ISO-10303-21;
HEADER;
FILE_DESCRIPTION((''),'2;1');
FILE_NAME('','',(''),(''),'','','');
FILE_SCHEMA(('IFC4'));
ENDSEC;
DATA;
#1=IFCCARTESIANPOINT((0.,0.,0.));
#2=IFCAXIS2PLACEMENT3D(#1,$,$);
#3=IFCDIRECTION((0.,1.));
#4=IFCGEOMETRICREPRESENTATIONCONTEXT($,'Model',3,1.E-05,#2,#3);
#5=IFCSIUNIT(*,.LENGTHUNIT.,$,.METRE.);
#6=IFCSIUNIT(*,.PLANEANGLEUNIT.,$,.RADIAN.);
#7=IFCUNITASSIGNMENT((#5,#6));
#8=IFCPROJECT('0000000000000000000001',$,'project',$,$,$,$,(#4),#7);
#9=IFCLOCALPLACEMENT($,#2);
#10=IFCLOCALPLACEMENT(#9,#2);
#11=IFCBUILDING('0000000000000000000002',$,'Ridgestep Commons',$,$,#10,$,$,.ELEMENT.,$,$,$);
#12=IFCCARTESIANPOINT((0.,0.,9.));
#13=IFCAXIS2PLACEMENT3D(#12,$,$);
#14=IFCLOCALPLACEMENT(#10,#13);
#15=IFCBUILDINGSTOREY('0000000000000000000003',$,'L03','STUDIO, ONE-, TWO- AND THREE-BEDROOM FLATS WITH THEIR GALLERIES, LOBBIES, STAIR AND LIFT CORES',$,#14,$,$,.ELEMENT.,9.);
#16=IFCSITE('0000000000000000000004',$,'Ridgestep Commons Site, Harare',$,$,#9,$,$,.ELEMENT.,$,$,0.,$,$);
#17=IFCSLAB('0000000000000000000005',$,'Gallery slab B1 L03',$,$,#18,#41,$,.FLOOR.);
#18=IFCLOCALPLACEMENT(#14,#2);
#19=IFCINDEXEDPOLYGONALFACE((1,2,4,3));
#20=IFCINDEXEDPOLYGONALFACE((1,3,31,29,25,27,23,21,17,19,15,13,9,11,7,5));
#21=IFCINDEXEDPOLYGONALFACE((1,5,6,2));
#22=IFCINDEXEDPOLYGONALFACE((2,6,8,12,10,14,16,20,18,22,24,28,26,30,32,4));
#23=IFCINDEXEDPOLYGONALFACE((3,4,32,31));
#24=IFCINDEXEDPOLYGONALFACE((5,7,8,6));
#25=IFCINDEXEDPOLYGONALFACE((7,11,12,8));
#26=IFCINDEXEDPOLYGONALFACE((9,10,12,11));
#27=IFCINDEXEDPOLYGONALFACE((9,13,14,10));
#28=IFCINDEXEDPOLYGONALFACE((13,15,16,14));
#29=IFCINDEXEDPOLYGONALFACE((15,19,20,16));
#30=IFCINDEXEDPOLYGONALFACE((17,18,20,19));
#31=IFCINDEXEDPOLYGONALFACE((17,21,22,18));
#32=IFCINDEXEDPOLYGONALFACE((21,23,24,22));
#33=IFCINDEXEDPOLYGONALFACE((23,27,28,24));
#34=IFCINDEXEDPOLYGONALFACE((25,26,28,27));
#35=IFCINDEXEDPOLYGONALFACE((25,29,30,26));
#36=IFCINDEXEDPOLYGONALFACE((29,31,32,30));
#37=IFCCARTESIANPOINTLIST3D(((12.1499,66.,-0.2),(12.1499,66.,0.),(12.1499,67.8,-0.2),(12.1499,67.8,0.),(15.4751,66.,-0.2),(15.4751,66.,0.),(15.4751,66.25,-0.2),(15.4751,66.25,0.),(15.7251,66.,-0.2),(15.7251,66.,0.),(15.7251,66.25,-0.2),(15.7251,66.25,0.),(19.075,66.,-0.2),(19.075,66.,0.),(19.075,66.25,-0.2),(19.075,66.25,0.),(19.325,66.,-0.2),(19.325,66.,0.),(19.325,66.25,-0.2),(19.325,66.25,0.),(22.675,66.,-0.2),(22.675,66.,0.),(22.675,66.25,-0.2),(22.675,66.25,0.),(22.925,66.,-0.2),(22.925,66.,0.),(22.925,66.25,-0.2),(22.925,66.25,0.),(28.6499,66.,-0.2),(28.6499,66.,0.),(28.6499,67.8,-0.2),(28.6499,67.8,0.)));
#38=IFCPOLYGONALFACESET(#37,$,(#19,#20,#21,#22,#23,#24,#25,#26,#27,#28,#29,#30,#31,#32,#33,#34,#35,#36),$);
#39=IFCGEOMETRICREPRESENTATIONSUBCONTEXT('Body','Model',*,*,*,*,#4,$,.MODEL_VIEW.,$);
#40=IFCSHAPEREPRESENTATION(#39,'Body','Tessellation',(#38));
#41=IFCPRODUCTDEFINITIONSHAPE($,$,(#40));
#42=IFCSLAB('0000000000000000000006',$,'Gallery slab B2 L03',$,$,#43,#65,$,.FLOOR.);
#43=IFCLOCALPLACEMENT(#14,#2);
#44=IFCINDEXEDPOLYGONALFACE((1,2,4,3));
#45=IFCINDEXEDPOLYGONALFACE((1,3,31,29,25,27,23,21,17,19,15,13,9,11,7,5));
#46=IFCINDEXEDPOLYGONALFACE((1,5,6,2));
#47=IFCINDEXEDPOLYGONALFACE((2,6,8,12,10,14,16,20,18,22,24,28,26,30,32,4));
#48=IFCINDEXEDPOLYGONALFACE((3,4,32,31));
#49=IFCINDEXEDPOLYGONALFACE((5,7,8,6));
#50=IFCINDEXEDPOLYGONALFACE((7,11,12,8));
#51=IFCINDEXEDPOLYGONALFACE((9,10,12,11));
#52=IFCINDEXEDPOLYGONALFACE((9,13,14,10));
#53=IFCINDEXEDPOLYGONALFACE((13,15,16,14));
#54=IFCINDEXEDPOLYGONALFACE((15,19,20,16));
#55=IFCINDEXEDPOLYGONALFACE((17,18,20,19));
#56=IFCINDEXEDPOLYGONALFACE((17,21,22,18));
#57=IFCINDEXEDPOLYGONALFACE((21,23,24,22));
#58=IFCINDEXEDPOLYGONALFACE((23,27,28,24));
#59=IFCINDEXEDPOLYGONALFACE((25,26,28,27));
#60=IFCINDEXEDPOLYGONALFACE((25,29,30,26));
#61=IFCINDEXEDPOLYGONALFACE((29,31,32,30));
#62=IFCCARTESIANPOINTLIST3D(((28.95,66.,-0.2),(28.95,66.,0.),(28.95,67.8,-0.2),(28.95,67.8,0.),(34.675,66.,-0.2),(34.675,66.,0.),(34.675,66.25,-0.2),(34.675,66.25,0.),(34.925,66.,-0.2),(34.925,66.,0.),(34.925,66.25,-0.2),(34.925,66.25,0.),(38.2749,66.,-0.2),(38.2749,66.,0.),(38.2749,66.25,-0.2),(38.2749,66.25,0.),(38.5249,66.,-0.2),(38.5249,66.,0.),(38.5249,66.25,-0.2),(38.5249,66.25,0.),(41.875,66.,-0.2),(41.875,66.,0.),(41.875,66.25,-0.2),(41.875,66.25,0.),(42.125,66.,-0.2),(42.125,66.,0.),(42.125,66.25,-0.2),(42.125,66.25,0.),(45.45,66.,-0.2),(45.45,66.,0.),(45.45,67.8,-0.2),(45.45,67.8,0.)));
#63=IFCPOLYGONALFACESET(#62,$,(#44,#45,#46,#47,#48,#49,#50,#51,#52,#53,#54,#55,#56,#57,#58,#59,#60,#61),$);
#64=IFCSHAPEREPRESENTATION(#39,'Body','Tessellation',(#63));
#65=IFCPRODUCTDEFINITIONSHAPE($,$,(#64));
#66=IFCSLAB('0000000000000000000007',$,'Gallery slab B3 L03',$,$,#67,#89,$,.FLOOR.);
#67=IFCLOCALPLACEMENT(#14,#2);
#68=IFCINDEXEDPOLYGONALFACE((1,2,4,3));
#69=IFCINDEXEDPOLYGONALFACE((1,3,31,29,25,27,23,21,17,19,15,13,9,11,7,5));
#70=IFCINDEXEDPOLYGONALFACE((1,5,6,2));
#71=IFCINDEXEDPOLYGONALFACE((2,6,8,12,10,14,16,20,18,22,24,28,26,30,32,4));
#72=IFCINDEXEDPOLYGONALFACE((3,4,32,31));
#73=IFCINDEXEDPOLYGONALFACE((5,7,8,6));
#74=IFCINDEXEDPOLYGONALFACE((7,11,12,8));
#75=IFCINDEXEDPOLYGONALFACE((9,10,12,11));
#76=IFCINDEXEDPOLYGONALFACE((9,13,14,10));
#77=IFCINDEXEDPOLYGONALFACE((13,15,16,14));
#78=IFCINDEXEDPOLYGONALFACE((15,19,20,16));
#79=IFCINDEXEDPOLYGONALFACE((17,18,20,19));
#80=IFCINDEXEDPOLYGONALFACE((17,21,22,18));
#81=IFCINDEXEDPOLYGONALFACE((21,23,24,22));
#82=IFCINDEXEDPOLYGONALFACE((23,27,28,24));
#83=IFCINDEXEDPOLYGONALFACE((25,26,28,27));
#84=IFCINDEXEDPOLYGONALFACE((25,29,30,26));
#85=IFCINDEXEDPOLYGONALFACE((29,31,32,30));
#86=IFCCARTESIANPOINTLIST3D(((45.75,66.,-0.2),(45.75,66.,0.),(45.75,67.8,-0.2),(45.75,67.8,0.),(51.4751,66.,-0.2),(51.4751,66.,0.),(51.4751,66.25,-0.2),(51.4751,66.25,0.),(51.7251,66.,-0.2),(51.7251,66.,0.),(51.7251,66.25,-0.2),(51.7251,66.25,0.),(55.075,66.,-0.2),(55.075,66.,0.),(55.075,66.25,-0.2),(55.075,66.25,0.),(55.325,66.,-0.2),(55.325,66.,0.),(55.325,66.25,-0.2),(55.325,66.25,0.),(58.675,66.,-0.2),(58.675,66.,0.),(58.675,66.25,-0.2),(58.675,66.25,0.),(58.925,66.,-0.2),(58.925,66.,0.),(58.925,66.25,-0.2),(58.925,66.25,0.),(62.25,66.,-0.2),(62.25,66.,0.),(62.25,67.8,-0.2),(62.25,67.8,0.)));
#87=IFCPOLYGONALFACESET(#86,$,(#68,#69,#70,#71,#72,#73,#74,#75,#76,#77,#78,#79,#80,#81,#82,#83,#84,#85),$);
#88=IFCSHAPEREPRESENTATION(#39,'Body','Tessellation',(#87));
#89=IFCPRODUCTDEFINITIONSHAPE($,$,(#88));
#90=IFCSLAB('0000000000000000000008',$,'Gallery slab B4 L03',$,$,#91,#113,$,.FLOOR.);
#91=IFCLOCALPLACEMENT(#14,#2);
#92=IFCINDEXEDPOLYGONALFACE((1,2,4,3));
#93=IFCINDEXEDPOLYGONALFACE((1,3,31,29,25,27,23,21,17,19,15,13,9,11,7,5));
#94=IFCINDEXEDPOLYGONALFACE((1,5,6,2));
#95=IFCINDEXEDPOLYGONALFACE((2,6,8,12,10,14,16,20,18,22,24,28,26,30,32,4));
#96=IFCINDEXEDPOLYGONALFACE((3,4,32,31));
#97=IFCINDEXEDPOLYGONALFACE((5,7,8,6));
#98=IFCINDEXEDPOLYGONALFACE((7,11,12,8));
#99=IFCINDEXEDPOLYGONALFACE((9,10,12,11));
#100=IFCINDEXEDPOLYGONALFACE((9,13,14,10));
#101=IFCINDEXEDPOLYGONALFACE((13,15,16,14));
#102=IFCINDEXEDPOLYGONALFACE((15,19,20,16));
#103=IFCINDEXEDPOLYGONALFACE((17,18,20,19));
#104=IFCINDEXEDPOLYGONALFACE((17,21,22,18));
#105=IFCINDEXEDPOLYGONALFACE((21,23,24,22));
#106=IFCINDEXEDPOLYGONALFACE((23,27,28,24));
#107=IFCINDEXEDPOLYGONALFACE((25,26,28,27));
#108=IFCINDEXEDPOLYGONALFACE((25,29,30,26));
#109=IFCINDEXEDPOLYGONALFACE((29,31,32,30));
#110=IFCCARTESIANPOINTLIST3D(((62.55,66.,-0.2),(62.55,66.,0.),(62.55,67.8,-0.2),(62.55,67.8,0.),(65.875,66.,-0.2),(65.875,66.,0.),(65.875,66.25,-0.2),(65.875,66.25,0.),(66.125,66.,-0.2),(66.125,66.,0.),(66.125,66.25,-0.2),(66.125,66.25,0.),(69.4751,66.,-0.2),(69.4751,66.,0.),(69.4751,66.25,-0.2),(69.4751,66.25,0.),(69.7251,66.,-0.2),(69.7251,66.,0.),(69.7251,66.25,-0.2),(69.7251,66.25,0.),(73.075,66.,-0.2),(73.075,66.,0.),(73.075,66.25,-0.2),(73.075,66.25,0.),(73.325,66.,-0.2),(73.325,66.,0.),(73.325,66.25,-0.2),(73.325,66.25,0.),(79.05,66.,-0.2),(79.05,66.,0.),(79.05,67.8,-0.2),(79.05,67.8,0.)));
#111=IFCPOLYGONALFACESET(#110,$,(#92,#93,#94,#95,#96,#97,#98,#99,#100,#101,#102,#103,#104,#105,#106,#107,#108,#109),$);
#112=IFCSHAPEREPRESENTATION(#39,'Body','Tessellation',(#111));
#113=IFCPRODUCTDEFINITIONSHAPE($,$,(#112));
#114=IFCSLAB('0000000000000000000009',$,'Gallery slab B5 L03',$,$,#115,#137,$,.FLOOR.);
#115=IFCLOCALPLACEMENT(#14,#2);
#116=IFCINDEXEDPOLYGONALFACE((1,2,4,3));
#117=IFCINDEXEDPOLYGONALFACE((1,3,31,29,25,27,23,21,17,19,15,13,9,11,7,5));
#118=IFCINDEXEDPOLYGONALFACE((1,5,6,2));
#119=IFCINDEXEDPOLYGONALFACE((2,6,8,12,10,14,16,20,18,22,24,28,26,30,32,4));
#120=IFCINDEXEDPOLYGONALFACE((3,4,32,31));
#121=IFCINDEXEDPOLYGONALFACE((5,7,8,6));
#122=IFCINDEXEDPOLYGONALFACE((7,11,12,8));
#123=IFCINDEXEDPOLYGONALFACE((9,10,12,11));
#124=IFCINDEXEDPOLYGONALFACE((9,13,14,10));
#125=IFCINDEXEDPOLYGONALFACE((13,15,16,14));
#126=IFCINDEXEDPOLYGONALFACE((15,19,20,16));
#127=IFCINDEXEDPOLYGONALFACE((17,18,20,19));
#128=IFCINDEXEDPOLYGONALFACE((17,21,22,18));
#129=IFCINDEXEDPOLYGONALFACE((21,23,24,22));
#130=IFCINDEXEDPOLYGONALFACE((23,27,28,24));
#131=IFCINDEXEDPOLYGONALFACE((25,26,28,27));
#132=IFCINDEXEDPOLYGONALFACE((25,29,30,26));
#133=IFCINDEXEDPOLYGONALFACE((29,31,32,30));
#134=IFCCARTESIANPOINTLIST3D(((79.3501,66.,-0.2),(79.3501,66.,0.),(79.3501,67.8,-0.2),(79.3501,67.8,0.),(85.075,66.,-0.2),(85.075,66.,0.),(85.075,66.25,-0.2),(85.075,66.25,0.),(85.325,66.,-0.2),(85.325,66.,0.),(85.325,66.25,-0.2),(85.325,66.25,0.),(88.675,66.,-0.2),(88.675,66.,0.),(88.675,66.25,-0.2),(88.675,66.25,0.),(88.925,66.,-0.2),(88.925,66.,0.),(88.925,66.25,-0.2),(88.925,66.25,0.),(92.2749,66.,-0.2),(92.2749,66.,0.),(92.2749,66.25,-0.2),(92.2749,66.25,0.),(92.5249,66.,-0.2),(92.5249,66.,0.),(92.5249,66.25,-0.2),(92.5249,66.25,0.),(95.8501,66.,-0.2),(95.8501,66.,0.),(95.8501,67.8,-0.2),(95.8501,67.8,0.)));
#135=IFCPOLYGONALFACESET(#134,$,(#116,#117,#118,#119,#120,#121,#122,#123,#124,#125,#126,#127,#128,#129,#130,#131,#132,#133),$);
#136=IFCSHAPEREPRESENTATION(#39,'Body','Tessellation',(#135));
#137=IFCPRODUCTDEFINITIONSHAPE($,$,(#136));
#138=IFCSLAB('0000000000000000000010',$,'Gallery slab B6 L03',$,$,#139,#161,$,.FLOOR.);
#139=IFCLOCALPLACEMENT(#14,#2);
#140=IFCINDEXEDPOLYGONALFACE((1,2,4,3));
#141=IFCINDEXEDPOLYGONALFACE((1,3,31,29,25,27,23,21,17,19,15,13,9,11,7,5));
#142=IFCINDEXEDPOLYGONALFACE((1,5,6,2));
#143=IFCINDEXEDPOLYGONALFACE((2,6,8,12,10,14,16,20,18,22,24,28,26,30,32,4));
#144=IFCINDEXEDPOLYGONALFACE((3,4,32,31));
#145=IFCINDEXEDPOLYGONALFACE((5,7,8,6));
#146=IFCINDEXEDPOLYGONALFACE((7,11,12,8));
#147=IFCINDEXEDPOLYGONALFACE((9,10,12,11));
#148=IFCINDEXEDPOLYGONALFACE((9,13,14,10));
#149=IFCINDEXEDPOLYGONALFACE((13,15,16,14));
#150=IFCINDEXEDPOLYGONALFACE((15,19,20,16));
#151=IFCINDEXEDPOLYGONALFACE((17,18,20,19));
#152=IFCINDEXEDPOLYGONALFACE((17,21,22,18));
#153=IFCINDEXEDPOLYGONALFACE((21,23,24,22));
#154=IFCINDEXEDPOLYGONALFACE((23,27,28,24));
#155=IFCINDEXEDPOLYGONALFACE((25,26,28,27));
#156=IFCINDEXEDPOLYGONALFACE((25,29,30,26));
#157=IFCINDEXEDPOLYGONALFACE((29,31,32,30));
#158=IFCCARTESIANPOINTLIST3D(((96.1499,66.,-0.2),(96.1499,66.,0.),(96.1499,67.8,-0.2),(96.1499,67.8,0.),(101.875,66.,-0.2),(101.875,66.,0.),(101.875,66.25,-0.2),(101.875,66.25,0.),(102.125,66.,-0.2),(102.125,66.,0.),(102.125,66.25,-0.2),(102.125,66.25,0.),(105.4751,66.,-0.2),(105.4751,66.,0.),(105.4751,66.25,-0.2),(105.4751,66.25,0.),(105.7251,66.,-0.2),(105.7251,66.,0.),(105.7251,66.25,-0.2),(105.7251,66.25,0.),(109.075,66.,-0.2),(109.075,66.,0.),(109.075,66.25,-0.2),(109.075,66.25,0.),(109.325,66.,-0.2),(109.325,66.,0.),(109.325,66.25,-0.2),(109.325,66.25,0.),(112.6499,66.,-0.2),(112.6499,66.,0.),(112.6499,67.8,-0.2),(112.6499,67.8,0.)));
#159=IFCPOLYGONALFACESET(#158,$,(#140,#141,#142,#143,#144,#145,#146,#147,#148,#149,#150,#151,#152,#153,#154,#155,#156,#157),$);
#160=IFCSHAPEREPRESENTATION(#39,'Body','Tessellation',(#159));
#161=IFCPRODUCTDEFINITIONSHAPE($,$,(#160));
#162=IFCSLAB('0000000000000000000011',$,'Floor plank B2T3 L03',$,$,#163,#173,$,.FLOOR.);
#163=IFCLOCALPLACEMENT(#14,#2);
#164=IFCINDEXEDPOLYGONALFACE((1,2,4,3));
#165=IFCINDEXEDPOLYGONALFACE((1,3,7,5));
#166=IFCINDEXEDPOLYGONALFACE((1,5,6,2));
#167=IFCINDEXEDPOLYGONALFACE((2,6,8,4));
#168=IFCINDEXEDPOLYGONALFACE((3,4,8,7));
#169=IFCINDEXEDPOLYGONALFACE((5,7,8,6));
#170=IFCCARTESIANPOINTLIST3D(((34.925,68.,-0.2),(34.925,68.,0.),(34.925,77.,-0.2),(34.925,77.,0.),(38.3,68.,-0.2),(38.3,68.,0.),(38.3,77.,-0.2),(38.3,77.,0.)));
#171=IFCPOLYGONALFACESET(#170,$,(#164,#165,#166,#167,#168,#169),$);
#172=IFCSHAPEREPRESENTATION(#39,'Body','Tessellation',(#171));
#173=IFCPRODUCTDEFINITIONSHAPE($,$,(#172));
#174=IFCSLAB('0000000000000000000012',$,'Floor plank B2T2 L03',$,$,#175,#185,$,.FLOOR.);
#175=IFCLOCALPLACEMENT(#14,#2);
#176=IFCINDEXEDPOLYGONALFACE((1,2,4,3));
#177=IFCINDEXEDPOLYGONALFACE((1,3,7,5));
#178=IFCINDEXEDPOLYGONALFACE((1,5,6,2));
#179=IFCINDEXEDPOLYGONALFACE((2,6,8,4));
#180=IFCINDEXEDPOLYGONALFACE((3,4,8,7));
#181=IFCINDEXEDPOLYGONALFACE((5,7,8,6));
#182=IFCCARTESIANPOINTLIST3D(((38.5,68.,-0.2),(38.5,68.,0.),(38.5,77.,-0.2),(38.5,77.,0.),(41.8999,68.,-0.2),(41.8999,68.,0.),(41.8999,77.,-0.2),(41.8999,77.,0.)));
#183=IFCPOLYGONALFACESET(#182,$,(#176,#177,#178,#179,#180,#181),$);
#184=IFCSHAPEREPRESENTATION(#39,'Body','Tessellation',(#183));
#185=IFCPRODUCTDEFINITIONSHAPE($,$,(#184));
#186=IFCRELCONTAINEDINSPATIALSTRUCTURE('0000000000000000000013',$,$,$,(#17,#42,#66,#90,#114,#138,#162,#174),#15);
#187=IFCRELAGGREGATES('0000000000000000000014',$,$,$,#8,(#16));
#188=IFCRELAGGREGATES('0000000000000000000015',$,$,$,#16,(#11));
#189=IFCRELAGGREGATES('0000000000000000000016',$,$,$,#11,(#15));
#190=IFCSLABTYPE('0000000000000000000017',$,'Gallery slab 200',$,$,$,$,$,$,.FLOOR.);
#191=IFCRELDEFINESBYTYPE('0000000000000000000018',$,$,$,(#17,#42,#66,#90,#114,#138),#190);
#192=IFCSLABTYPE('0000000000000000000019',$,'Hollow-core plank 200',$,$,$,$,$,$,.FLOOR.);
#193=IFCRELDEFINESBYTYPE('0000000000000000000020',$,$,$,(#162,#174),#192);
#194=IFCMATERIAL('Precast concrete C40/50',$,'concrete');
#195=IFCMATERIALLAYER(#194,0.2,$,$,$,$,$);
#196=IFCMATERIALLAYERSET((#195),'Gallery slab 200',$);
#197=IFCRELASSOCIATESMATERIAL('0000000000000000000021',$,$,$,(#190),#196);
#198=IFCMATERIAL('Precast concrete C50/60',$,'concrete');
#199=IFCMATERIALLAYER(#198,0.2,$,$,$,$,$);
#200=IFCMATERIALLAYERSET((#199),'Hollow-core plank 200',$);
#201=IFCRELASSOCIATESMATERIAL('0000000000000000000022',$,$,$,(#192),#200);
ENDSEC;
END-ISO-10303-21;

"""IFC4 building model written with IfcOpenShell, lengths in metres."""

from ifc_helpers import new_model, si_unit, direction, frame, origin, place, context, subcontext, project, spatial, polyline, outline, extrude, material, layer, layer_set, type_object, element, save


model = new_model("IFC4")

# Units and contexts
model_context = context("Model", 3, precision=1e-05, world=origin(), true_north=direction((0.0, 1.0)))
body_context = subcontext(model_context, "Body", "Model", "MODEL_VIEW")
ifc_project = project(units=[si_unit("LENGTHUNIT", "METRE"), si_unit("PLANEANGLEUNIT", "RADIAN")], contexts=[model_context])

# Site, building, storey
site_placement = place(None, origin())
site = spatial("IfcSite", under=ifc_project, at=site_placement, Name="Ridgestep Commons Site, Harare", CompositionType="ELEMENT", RefElevation=0.0)
building_placement = place(site_placement, origin())
building = spatial("IfcBuilding", under=site, at=building_placement, Name="Ridgestep Commons", CompositionType="ELEMENT")
storey_placement = place(building_placement, frame((0.0, 0.0, 9.0)))
storey = spatial("IfcBuildingStorey", under=building, at=storey_placement, Name="L03", Description="STUDIO, ONE-, TWO- AND THREE-BEDROOM FLATS WITH THEIR GALLERIES, LOBBIES, STAIR AND LIFT CORES", CompositionType="ELEMENT", Elevation=9.0)

# Slabs
ifc_material_1 = material(Name="Precast concrete C40/50", Category="concrete")
ifc_layer_1 = layer(ifc_material_1, 0.2)
ifc_layer_set_1 = layer_set([ifc_layer_1], Name="Gallery slab 200")
slab_type_1 = type_object("IfcSlabType", Name="Gallery slab 200", PredefinedType="FLOOR", material=ifc_layer_set_1)
slab_1_placement = place(storey_placement, frame((0.0, 0.0, -0.2)))
element("IfcSlab", 1, at=slab_1_placement, inside=storey, type_object=slab_type_1, Name="Gallery slab B1 L03", PredefinedType="FLOOR", context=body_context, shape_type="SweptSolid", body=[
    extrude(outline(polyline([(28.6499, 67.8), (12.1499, 67.8), (12.1499, 66.0), (15.4751, 66.0), (15.4751, 66.25), (15.7251, 66.25), (15.7251, 66.0), (19.075, 66.0), (19.075, 66.25), (19.325, 66.25), (19.325, 66.0), (22.675, 66.0), (22.675, 66.25), (22.925, 66.25), (22.925, 66.0), (28.6499, 66.0), (28.6499, 67.8)])), origin(), (0.0, 0.0, 1.0), 0.2),
])
slab_2_placement = place(storey_placement, frame((0.0, 0.0, -0.2)))
element("IfcSlab", 2, at=slab_2_placement, inside=storey, type_object=slab_type_1, Name="Gallery slab B2 L03", PredefinedType="FLOOR", context=body_context, shape_type="SweptSolid", body=[
    extrude(outline(polyline([(45.45, 67.8), (28.95, 67.8), (28.95, 66.0), (34.675, 66.0), (34.675, 66.25), (34.925, 66.25), (34.925, 66.0), (38.2749, 66.0), (38.2749, 66.25), (38.5249, 66.25), (38.5249, 66.0), (41.875, 66.0), (41.875, 66.25), (42.125, 66.25), (42.125, 66.0), (45.45, 66.0), (45.45, 67.8)])), origin(), (0.0, 0.0, 1.0), 0.2),
])
slab_3_placement = place(storey_placement, frame((0.0, 0.0, -0.2)))
element("IfcSlab", 3, at=slab_3_placement, inside=storey, type_object=slab_type_1, Name="Gallery slab B3 L03", PredefinedType="FLOOR", context=body_context, shape_type="SweptSolid", body=[
    extrude(outline(polyline([(62.25, 67.8), (45.75, 67.8), (45.75, 66.0), (51.4751, 66.0), (51.4751, 66.25), (51.7251, 66.25), (51.7251, 66.0), (55.075, 66.0), (55.075, 66.25), (55.325, 66.25), (55.325, 66.0), (58.675, 66.0), (58.675, 66.25), (58.925, 66.25), (58.925, 66.0), (62.25, 66.0), (62.25, 67.8)])), origin(), (0.0, 0.0, 1.0), 0.2),
])
slab_4_placement = place(storey_placement, frame((0.0, 0.0, -0.2)))
element("IfcSlab", 4, at=slab_4_placement, inside=storey, type_object=slab_type_1, Name="Gallery slab B4 L03", PredefinedType="FLOOR", context=body_context, shape_type="SweptSolid", body=[
    extrude(outline(polyline([(79.05, 67.8), (62.55, 67.8), (62.55, 66.0), (65.875, 66.0), (65.875, 66.25), (66.125, 66.25), (66.125, 66.0), (69.4751, 66.0), (69.4751, 66.25), (69.7251, 66.25), (69.7251, 66.0), (73.075, 66.0), (73.075, 66.25), (73.325, 66.25), (73.325, 66.0), (79.05, 66.0), (79.05, 67.8)])), origin(), (0.0, 0.0, 1.0), 0.2),
])
slab_5_placement = place(storey_placement, frame((0.0, 0.0, -0.2)))
element("IfcSlab", 5, at=slab_5_placement, inside=storey, type_object=slab_type_1, Name="Gallery slab B5 L03", PredefinedType="FLOOR", context=body_context, shape_type="SweptSolid", body=[
    extrude(outline(polyline([(95.8501, 67.8), (79.3501, 67.8), (79.3501, 66.0), (85.075, 66.0), (85.075, 66.25), (85.325, 66.25), (85.325, 66.0), (88.675, 66.0), (88.675, 66.25), (88.925, 66.25), (88.925, 66.0), (92.2749, 66.0), (92.2749, 66.25), (92.5249, 66.25), (92.5249, 66.0), (95.8501, 66.0), (95.8501, 67.8)])), origin(), (0.0, 0.0, 1.0), 0.2),
])
slab_6_placement = place(storey_placement, frame((0.0, 0.0, -0.2)))
element("IfcSlab", 6, at=slab_6_placement, inside=storey, type_object=slab_type_1, Name="Gallery slab B6 L03", PredefinedType="FLOOR", context=body_context, shape_type="SweptSolid", body=[
    extrude(outline(polyline([(112.6499, 67.8), (96.1499, 67.8), (96.1499, 66.0), (101.875, 66.0), (101.875, 66.25), (102.125, 66.25), (102.125, 66.0), (105.4751, 66.0), (105.4751, 66.25), (105.7251, 66.25), (105.7251, 66.0), (109.075, 66.0), (109.075, 66.25), (109.325, 66.25), (109.325, 66.0), (112.6499, 66.0), (112.6499, 67.8)])), origin(), (0.0, 0.0, 1.0), 0.2),
])
ifc_material_2 = material(Name="Precast concrete C50/60", Category="concrete")
ifc_layer_2 = layer(ifc_material_2, 0.2)
ifc_layer_set_2 = layer_set([ifc_layer_2], Name="Hollow-core plank 200")
slab_type_2 = type_object("IfcSlabType", Name="Hollow-core plank 200", PredefinedType="FLOOR", material=ifc_layer_set_2)
slab_7_placement = place(storey_placement, frame((0.0, 0.0, -0.2)))
element("IfcSlab", 7, at=slab_7_placement, inside=storey, type_object=slab_type_2, Name="Floor plank B2T3 L03", PredefinedType="FLOOR", context=body_context, shape_type="SweptSolid", body=[
    extrude(outline(polyline([(38.3, 68.0), (38.3, 77.0), (34.925, 77.0), (34.925, 68.0), (38.3, 68.0)])), origin(), (0.0, 0.0, 1.0), 0.2),
])
slab_8_placement = place(storey_placement, frame((0.0, 0.0, -0.2)))
element("IfcSlab", 8, at=slab_8_placement, inside=storey, type_object=slab_type_2, Name="Floor plank B2T2 L03", PredefinedType="FLOOR", context=body_context, shape_type="SweptSolid", body=[
    extrude(outline(polyline([(41.8999, 68.0), (41.8999, 77.0), (38.5, 77.0), (38.5, 68.0), (41.8999, 68.0)])), origin(), (0.0, 0.0, 1.0), 0.2),
])

save(model, "model.ifc")
